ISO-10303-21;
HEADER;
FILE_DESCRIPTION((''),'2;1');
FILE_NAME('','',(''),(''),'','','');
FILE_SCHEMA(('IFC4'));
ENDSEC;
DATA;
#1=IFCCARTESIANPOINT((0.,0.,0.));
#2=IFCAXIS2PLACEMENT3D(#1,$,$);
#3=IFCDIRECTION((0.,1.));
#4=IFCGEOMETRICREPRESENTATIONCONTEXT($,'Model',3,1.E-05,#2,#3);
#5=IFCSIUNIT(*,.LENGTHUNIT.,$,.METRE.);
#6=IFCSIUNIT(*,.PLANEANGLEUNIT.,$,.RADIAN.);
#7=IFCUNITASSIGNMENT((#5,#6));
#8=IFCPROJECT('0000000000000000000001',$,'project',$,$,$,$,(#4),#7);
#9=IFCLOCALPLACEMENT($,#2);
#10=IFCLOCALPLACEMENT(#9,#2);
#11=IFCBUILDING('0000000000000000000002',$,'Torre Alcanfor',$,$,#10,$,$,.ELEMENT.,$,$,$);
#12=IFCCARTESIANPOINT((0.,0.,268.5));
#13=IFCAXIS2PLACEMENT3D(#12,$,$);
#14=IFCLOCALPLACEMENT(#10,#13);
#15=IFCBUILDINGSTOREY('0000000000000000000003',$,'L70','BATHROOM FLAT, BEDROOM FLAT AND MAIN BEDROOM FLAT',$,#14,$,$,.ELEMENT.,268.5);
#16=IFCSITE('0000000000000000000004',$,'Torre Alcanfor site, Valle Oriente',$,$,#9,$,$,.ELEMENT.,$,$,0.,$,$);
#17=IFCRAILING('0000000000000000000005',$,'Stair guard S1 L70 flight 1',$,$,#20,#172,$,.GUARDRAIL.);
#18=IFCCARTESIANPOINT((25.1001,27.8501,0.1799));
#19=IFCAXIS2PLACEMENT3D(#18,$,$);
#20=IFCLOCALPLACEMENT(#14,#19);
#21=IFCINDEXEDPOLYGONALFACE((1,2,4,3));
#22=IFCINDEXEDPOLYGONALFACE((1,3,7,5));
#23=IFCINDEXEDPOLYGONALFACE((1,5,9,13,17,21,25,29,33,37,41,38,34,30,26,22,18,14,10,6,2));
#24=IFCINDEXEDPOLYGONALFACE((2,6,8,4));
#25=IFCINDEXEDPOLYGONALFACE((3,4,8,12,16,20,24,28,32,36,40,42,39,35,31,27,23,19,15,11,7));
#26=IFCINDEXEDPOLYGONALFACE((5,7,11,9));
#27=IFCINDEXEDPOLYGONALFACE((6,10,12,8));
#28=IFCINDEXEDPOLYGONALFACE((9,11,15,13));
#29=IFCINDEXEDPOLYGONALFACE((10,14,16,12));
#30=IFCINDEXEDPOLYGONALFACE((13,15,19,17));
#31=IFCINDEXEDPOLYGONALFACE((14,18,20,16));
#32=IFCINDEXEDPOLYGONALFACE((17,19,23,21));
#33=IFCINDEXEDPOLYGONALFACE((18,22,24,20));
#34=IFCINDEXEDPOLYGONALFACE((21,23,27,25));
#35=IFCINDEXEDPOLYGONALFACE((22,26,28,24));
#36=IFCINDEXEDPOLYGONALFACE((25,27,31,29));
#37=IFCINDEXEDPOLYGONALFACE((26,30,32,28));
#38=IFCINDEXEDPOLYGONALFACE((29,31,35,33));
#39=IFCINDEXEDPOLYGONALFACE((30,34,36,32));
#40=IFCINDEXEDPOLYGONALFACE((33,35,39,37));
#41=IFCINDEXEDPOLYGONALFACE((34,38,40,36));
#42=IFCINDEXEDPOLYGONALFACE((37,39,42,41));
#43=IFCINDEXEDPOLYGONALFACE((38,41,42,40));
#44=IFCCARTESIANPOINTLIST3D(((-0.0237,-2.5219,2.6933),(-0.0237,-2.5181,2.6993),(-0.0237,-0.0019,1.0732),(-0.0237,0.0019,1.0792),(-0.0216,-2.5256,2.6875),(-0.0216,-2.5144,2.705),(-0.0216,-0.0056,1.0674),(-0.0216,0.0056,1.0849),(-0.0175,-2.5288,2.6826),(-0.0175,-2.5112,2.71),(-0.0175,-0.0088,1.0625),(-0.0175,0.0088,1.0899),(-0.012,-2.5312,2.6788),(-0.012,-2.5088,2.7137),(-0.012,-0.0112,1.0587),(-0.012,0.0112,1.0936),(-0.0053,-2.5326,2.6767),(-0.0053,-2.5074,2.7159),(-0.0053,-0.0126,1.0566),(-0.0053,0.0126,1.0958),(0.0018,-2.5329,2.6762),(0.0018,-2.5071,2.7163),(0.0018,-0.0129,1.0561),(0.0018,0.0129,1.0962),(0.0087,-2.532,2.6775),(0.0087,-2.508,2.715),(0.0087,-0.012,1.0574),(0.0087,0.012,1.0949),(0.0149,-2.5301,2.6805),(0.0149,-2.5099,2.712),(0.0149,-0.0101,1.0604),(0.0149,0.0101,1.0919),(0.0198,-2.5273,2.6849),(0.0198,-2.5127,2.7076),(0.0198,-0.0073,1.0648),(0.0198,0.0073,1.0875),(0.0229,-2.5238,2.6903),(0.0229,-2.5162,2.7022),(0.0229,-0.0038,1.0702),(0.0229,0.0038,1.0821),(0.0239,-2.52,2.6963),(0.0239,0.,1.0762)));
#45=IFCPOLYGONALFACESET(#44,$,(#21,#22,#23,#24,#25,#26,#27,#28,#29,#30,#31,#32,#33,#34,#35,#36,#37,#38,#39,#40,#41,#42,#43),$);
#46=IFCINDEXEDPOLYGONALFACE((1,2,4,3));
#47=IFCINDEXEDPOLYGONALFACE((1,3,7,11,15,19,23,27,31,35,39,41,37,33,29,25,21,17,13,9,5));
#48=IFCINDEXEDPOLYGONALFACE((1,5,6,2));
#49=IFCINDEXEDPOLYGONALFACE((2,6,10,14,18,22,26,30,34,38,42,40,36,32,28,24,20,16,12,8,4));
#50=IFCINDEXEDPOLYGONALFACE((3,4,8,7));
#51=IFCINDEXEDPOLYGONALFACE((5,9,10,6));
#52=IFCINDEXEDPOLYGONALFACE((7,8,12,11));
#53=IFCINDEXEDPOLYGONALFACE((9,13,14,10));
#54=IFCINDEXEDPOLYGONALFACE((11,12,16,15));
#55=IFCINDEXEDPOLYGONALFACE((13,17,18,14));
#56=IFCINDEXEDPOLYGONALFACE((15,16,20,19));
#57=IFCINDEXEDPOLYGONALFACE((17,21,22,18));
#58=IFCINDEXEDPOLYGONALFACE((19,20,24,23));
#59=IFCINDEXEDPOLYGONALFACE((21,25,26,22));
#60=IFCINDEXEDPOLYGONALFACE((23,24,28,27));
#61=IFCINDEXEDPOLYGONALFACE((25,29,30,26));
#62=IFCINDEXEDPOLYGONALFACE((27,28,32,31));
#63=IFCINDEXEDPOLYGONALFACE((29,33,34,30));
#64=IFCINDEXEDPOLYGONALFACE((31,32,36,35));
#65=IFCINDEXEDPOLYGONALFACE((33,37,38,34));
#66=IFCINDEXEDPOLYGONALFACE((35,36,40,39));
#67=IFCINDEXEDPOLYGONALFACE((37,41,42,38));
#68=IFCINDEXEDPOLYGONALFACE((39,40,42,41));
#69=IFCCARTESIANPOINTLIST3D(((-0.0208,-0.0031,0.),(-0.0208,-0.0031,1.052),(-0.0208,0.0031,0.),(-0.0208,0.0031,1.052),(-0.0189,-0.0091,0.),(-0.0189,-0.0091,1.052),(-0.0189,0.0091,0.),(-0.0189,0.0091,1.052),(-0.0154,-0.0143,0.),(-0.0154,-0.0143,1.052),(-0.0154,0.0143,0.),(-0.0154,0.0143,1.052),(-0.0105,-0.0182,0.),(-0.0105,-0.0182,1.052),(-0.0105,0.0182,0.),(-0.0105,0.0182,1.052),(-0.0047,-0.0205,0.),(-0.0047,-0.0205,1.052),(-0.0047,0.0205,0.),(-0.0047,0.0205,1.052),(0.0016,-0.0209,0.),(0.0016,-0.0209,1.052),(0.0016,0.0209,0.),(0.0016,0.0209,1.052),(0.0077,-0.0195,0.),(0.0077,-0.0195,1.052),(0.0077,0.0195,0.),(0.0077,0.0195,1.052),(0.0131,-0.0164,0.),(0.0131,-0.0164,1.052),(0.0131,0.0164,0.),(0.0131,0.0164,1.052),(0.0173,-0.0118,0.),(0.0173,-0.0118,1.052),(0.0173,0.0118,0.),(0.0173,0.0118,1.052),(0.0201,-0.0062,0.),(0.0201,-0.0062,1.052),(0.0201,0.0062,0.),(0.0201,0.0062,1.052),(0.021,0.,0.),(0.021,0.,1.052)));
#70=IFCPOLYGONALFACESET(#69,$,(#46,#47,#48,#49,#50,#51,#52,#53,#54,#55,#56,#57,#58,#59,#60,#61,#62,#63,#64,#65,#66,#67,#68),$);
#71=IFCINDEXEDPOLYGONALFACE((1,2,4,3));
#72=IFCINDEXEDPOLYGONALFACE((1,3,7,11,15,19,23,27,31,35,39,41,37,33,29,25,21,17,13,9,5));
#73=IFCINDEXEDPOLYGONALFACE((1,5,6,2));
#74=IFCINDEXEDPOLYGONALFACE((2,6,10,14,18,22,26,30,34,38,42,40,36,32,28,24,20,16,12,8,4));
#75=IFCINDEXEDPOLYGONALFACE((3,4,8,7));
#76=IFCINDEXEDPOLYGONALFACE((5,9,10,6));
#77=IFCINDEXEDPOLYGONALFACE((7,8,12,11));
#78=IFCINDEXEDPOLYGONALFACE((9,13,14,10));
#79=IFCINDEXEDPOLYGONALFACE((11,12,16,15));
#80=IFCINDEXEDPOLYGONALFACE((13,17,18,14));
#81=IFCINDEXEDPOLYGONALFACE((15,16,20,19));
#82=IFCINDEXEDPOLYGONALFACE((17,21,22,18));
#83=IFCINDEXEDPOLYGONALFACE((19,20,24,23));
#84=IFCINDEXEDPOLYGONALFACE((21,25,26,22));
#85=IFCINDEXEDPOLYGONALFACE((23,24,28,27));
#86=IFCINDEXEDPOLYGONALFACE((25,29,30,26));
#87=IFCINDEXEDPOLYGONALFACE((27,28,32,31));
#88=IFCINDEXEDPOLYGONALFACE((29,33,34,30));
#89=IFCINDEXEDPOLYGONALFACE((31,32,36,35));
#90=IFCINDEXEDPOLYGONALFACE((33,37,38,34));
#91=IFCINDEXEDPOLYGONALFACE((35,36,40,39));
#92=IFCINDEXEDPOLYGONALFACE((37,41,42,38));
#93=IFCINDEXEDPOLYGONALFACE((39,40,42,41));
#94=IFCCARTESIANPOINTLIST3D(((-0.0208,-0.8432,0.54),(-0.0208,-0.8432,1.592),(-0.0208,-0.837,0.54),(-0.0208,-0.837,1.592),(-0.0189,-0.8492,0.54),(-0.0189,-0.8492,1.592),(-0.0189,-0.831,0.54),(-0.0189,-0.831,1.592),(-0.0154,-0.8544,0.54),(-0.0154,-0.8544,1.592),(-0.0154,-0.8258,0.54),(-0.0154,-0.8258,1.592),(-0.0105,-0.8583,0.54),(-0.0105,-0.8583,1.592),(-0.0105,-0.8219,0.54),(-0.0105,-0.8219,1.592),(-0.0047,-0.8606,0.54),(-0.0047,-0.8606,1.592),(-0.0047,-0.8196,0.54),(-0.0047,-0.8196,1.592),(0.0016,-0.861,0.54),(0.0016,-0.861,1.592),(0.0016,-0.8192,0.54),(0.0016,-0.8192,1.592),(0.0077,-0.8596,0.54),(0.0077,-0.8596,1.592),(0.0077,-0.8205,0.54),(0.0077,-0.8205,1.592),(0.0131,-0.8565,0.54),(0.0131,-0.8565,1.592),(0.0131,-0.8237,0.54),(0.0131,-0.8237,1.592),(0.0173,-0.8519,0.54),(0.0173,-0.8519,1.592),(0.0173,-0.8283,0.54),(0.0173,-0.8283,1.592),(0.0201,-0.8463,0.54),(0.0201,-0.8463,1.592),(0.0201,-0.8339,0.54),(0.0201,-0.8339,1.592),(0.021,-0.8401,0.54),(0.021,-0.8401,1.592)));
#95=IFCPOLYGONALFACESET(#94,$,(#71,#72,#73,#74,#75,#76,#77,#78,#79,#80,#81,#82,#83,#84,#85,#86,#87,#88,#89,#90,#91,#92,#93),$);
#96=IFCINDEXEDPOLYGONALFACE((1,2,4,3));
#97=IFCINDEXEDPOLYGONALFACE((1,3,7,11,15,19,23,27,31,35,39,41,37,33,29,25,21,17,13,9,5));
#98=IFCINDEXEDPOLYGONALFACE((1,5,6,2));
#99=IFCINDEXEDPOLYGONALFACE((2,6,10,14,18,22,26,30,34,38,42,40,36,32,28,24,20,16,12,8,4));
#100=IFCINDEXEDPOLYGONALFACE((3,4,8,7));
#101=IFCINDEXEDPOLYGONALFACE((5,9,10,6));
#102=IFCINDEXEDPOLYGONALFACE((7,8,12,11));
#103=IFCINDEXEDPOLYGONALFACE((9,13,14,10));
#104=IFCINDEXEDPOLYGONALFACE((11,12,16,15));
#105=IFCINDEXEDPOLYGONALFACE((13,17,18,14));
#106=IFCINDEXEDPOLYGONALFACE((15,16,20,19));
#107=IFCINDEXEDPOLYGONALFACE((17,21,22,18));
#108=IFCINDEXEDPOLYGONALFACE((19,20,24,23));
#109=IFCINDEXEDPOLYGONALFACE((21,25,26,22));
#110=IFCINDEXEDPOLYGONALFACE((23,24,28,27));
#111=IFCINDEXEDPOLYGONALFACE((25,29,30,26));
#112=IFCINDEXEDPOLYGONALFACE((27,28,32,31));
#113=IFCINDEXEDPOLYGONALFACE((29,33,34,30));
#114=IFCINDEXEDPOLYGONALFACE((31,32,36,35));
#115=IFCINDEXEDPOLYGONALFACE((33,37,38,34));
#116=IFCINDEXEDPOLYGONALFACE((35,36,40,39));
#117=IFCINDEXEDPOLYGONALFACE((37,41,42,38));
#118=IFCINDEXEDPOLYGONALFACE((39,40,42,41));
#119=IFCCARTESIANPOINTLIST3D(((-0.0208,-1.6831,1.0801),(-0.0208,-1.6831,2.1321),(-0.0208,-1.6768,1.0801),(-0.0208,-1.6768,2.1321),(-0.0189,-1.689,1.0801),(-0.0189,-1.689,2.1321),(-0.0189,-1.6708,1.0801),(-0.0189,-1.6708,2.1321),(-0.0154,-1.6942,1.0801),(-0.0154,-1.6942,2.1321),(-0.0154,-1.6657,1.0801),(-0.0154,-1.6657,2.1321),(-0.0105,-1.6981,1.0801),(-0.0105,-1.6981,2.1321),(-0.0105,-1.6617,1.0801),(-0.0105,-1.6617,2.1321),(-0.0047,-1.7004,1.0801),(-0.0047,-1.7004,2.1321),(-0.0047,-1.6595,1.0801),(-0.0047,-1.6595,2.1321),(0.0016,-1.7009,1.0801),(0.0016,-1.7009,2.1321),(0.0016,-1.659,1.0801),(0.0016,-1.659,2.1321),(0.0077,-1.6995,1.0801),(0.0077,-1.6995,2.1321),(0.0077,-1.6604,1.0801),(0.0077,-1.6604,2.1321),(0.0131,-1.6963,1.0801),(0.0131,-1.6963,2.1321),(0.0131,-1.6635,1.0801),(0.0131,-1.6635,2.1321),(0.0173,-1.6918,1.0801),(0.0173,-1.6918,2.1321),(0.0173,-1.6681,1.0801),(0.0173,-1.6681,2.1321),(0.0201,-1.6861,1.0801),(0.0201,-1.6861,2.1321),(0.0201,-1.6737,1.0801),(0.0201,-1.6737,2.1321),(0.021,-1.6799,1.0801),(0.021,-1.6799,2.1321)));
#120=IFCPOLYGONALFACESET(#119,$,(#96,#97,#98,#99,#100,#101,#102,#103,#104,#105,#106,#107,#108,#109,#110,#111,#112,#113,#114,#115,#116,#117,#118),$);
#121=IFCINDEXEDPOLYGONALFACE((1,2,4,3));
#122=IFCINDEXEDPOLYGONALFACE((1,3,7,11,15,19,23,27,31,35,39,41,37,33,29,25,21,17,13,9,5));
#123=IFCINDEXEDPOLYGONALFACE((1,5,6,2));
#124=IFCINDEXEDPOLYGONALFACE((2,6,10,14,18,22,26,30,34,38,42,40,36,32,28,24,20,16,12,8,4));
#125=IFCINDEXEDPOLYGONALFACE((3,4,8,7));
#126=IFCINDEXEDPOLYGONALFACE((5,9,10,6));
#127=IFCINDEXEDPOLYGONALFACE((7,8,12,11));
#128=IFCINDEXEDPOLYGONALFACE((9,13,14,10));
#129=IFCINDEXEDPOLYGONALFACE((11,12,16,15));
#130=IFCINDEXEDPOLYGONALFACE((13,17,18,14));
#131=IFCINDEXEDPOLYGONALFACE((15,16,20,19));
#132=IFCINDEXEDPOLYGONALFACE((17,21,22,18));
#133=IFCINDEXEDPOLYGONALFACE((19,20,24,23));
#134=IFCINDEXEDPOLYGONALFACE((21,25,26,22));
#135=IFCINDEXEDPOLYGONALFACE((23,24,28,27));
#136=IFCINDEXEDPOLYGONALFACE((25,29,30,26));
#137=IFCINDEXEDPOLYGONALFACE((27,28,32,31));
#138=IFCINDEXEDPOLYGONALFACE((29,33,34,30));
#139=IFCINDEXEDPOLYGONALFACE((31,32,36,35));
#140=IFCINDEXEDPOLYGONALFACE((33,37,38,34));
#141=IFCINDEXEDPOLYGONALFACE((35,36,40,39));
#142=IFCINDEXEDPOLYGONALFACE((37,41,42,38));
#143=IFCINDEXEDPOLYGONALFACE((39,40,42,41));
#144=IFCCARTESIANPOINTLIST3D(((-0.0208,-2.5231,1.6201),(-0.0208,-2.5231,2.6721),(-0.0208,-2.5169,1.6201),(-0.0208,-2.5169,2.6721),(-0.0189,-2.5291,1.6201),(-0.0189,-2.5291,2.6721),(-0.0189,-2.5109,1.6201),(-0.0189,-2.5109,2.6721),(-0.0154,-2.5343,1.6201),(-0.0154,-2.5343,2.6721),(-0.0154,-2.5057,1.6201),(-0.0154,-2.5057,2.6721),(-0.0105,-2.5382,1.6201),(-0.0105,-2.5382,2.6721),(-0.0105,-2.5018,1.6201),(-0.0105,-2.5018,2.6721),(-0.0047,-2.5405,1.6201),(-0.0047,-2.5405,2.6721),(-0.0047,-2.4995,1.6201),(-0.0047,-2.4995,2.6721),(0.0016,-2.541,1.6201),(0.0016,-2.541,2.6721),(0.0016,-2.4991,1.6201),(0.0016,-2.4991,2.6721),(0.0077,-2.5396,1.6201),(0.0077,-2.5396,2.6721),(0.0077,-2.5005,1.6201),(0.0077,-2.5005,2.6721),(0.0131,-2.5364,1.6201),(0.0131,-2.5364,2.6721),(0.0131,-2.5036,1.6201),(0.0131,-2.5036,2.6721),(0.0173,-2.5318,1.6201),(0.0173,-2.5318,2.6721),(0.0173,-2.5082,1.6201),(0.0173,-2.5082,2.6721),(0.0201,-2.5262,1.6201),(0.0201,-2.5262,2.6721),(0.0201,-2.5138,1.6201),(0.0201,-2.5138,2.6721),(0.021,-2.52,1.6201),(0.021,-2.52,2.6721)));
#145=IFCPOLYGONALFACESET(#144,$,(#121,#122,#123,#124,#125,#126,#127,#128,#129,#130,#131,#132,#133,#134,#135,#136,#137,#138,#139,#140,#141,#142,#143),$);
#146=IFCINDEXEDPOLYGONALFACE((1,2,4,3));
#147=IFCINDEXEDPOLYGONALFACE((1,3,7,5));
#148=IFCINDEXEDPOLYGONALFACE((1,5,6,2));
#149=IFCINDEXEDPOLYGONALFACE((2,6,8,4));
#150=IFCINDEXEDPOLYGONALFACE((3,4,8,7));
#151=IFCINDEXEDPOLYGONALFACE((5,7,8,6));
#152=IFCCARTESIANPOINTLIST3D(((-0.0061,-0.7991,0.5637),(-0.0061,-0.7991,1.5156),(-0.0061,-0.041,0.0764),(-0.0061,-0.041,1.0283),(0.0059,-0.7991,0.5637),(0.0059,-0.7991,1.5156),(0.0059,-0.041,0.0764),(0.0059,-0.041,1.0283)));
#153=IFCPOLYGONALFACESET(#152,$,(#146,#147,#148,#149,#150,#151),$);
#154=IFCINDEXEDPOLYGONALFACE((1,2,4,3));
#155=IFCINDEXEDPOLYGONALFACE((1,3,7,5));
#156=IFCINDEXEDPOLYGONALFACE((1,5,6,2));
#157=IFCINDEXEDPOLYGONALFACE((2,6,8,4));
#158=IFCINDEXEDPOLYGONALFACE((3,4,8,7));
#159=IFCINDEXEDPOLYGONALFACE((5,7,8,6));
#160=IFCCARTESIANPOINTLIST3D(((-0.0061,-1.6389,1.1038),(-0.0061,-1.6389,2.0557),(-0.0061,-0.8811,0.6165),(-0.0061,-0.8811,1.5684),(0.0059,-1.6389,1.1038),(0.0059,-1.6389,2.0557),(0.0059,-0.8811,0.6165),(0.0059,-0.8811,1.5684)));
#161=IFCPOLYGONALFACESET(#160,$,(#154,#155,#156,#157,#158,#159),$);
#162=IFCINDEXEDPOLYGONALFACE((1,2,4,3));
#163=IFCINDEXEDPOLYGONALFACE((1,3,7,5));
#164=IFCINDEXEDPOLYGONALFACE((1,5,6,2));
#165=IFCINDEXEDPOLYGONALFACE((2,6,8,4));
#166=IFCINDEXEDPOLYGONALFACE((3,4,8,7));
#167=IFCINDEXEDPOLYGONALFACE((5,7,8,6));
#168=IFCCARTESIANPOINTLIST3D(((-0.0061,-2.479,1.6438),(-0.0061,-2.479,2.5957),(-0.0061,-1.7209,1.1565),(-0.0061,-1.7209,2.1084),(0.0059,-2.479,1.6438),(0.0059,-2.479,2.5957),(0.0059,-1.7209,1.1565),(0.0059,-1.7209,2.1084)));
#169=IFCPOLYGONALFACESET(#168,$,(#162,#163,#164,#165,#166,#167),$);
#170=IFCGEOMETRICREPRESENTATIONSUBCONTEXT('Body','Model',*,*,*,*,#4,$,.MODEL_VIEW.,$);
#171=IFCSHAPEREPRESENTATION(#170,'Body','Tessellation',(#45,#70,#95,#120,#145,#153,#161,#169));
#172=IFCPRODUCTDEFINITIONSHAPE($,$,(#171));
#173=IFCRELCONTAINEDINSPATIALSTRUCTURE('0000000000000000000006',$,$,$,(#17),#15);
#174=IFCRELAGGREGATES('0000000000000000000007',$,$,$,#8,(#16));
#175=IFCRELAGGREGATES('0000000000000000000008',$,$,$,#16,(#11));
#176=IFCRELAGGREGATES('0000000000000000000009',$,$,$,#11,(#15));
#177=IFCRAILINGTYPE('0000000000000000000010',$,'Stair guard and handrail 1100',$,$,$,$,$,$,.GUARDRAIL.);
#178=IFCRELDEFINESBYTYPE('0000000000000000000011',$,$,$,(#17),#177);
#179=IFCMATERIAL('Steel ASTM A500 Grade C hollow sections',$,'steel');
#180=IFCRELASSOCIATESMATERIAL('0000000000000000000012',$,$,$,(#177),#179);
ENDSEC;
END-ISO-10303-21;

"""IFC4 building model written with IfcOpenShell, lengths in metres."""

from ifc_helpers import new_model, si_unit, direction, frame, origin, origin_2d, place, context, subcontext, project, spatial, polyline, circle, outline, extrude, material, type_object, element, save


model = new_model("IFC4")

# Units and contexts
model_context = context("Model", 3, precision=1e-05, world=origin(), true_north=direction((0.0, 1.0)))
body_context = subcontext(model_context, "Body", "Model", "MODEL_VIEW")
ifc_project = project(units=[si_unit("LENGTHUNIT", "METRE"), si_unit("PLANEANGLEUNIT", "RADIAN")], contexts=[model_context])

# Site, building, storey
site_placement = place(None, origin())
site = spatial("IfcSite", under=ifc_project, at=site_placement, Name="Torre Alcanfor site, Valle Oriente", CompositionType="ELEMENT", RefElevation=0.0)
building_placement = place(site_placement, origin())
building = spatial("IfcBuilding", under=site, at=building_placement, Name="Torre Alcanfor", CompositionType="ELEMENT")
storey_placement = place(building_placement, frame((0.0, 0.0, 268.5)))
storey = spatial("IfcBuildingStorey", under=building, at=storey_placement, Name="L70", Description="BATHROOM FLAT, BEDROOM FLAT AND MAIN BEDROOM FLAT", CompositionType="ELEMENT", Elevation=268.5)

# Railing
ifc_material_1 = material(Name="Steel ASTM A500 Grade C hollow sections", Category="steel")
railing_type_1 = type_object("IfcRailingType", Name="Stair guard and handrail 1100", PredefinedType="GUARDRAIL", material=ifc_material_1)
railing_1_placement = place(storey_placement, frame((25.1001, 27.8501, 0.1799)))
element("IfcRailing", 1, at=railing_1_placement, inside=storey, type_object=railing_type_1, Name="Stair guard S1 L70 flight 1", PredefinedType="GUARDRAIL", context=body_context, shape_type="SweptSolid", body=[
    extrude(circle(Radius=0.0239, at=origin_2d()), frame((0.0, 0.0, 1.0762), z_axis=(0.0, -0.841163, 0.540782), x_axis=(1.0, 0.0, 0.0)), (0.0, 0.0, 1.0), 2.9958),
    extrude(circle(Radius=0.021, at=origin_2d()), origin(), (0.0, 0.0, 1.0), 1.052),
    extrude(circle(Radius=0.021, at=origin_2d()), frame((0.0, -0.8401, 0.54)), (0.0, 0.0, 1.0), 1.052),
    extrude(circle(Radius=0.021, at=origin_2d()), frame((0.0, -1.6799, 1.0801)), (0.0, 0.0, 1.0), 1.052),
    extrude(circle(Radius=0.021, at=origin_2d()), frame((0.0, -2.52, 1.6201)), (0.0, 0.0, 1.0), 1.052),
    extrude(outline(polyline([(0.041, 0.0764), (0.7991, 0.5637), (0.7991, 1.5156), (0.041, 1.0283), (0.041, 0.0764)])), frame((0.0059, 0.0, 0.0), z_axis=(-1.0, 0.0, 0.0), x_axis=(0.0, -1.0, 0.0)), (0.0, 0.0, 1.0), 0.012),
    extrude(outline(polyline([(0.8811, 0.6165), (1.6389, 1.1038), (1.6389, 2.0557), (0.8811, 1.5684), (0.8811, 0.6165)])), frame((0.0059, 0.0, 0.0), z_axis=(-1.0, 0.0, 0.0), x_axis=(0.0, -1.0, 0.0)), (0.0, 0.0, 1.0), 0.012),
    extrude(outline(polyline([(1.7209, 1.1565), (2.479, 1.6438), (2.479, 2.5957), (1.7209, 2.1084), (1.7209, 1.1565)])), frame((0.0059, 0.0, 0.0), z_axis=(-1.0, 0.0, 0.0), x_axis=(0.0, -1.0, 0.0)), (0.0, 0.0, 1.0), 0.012),
])

save(model, "model.ifc")
